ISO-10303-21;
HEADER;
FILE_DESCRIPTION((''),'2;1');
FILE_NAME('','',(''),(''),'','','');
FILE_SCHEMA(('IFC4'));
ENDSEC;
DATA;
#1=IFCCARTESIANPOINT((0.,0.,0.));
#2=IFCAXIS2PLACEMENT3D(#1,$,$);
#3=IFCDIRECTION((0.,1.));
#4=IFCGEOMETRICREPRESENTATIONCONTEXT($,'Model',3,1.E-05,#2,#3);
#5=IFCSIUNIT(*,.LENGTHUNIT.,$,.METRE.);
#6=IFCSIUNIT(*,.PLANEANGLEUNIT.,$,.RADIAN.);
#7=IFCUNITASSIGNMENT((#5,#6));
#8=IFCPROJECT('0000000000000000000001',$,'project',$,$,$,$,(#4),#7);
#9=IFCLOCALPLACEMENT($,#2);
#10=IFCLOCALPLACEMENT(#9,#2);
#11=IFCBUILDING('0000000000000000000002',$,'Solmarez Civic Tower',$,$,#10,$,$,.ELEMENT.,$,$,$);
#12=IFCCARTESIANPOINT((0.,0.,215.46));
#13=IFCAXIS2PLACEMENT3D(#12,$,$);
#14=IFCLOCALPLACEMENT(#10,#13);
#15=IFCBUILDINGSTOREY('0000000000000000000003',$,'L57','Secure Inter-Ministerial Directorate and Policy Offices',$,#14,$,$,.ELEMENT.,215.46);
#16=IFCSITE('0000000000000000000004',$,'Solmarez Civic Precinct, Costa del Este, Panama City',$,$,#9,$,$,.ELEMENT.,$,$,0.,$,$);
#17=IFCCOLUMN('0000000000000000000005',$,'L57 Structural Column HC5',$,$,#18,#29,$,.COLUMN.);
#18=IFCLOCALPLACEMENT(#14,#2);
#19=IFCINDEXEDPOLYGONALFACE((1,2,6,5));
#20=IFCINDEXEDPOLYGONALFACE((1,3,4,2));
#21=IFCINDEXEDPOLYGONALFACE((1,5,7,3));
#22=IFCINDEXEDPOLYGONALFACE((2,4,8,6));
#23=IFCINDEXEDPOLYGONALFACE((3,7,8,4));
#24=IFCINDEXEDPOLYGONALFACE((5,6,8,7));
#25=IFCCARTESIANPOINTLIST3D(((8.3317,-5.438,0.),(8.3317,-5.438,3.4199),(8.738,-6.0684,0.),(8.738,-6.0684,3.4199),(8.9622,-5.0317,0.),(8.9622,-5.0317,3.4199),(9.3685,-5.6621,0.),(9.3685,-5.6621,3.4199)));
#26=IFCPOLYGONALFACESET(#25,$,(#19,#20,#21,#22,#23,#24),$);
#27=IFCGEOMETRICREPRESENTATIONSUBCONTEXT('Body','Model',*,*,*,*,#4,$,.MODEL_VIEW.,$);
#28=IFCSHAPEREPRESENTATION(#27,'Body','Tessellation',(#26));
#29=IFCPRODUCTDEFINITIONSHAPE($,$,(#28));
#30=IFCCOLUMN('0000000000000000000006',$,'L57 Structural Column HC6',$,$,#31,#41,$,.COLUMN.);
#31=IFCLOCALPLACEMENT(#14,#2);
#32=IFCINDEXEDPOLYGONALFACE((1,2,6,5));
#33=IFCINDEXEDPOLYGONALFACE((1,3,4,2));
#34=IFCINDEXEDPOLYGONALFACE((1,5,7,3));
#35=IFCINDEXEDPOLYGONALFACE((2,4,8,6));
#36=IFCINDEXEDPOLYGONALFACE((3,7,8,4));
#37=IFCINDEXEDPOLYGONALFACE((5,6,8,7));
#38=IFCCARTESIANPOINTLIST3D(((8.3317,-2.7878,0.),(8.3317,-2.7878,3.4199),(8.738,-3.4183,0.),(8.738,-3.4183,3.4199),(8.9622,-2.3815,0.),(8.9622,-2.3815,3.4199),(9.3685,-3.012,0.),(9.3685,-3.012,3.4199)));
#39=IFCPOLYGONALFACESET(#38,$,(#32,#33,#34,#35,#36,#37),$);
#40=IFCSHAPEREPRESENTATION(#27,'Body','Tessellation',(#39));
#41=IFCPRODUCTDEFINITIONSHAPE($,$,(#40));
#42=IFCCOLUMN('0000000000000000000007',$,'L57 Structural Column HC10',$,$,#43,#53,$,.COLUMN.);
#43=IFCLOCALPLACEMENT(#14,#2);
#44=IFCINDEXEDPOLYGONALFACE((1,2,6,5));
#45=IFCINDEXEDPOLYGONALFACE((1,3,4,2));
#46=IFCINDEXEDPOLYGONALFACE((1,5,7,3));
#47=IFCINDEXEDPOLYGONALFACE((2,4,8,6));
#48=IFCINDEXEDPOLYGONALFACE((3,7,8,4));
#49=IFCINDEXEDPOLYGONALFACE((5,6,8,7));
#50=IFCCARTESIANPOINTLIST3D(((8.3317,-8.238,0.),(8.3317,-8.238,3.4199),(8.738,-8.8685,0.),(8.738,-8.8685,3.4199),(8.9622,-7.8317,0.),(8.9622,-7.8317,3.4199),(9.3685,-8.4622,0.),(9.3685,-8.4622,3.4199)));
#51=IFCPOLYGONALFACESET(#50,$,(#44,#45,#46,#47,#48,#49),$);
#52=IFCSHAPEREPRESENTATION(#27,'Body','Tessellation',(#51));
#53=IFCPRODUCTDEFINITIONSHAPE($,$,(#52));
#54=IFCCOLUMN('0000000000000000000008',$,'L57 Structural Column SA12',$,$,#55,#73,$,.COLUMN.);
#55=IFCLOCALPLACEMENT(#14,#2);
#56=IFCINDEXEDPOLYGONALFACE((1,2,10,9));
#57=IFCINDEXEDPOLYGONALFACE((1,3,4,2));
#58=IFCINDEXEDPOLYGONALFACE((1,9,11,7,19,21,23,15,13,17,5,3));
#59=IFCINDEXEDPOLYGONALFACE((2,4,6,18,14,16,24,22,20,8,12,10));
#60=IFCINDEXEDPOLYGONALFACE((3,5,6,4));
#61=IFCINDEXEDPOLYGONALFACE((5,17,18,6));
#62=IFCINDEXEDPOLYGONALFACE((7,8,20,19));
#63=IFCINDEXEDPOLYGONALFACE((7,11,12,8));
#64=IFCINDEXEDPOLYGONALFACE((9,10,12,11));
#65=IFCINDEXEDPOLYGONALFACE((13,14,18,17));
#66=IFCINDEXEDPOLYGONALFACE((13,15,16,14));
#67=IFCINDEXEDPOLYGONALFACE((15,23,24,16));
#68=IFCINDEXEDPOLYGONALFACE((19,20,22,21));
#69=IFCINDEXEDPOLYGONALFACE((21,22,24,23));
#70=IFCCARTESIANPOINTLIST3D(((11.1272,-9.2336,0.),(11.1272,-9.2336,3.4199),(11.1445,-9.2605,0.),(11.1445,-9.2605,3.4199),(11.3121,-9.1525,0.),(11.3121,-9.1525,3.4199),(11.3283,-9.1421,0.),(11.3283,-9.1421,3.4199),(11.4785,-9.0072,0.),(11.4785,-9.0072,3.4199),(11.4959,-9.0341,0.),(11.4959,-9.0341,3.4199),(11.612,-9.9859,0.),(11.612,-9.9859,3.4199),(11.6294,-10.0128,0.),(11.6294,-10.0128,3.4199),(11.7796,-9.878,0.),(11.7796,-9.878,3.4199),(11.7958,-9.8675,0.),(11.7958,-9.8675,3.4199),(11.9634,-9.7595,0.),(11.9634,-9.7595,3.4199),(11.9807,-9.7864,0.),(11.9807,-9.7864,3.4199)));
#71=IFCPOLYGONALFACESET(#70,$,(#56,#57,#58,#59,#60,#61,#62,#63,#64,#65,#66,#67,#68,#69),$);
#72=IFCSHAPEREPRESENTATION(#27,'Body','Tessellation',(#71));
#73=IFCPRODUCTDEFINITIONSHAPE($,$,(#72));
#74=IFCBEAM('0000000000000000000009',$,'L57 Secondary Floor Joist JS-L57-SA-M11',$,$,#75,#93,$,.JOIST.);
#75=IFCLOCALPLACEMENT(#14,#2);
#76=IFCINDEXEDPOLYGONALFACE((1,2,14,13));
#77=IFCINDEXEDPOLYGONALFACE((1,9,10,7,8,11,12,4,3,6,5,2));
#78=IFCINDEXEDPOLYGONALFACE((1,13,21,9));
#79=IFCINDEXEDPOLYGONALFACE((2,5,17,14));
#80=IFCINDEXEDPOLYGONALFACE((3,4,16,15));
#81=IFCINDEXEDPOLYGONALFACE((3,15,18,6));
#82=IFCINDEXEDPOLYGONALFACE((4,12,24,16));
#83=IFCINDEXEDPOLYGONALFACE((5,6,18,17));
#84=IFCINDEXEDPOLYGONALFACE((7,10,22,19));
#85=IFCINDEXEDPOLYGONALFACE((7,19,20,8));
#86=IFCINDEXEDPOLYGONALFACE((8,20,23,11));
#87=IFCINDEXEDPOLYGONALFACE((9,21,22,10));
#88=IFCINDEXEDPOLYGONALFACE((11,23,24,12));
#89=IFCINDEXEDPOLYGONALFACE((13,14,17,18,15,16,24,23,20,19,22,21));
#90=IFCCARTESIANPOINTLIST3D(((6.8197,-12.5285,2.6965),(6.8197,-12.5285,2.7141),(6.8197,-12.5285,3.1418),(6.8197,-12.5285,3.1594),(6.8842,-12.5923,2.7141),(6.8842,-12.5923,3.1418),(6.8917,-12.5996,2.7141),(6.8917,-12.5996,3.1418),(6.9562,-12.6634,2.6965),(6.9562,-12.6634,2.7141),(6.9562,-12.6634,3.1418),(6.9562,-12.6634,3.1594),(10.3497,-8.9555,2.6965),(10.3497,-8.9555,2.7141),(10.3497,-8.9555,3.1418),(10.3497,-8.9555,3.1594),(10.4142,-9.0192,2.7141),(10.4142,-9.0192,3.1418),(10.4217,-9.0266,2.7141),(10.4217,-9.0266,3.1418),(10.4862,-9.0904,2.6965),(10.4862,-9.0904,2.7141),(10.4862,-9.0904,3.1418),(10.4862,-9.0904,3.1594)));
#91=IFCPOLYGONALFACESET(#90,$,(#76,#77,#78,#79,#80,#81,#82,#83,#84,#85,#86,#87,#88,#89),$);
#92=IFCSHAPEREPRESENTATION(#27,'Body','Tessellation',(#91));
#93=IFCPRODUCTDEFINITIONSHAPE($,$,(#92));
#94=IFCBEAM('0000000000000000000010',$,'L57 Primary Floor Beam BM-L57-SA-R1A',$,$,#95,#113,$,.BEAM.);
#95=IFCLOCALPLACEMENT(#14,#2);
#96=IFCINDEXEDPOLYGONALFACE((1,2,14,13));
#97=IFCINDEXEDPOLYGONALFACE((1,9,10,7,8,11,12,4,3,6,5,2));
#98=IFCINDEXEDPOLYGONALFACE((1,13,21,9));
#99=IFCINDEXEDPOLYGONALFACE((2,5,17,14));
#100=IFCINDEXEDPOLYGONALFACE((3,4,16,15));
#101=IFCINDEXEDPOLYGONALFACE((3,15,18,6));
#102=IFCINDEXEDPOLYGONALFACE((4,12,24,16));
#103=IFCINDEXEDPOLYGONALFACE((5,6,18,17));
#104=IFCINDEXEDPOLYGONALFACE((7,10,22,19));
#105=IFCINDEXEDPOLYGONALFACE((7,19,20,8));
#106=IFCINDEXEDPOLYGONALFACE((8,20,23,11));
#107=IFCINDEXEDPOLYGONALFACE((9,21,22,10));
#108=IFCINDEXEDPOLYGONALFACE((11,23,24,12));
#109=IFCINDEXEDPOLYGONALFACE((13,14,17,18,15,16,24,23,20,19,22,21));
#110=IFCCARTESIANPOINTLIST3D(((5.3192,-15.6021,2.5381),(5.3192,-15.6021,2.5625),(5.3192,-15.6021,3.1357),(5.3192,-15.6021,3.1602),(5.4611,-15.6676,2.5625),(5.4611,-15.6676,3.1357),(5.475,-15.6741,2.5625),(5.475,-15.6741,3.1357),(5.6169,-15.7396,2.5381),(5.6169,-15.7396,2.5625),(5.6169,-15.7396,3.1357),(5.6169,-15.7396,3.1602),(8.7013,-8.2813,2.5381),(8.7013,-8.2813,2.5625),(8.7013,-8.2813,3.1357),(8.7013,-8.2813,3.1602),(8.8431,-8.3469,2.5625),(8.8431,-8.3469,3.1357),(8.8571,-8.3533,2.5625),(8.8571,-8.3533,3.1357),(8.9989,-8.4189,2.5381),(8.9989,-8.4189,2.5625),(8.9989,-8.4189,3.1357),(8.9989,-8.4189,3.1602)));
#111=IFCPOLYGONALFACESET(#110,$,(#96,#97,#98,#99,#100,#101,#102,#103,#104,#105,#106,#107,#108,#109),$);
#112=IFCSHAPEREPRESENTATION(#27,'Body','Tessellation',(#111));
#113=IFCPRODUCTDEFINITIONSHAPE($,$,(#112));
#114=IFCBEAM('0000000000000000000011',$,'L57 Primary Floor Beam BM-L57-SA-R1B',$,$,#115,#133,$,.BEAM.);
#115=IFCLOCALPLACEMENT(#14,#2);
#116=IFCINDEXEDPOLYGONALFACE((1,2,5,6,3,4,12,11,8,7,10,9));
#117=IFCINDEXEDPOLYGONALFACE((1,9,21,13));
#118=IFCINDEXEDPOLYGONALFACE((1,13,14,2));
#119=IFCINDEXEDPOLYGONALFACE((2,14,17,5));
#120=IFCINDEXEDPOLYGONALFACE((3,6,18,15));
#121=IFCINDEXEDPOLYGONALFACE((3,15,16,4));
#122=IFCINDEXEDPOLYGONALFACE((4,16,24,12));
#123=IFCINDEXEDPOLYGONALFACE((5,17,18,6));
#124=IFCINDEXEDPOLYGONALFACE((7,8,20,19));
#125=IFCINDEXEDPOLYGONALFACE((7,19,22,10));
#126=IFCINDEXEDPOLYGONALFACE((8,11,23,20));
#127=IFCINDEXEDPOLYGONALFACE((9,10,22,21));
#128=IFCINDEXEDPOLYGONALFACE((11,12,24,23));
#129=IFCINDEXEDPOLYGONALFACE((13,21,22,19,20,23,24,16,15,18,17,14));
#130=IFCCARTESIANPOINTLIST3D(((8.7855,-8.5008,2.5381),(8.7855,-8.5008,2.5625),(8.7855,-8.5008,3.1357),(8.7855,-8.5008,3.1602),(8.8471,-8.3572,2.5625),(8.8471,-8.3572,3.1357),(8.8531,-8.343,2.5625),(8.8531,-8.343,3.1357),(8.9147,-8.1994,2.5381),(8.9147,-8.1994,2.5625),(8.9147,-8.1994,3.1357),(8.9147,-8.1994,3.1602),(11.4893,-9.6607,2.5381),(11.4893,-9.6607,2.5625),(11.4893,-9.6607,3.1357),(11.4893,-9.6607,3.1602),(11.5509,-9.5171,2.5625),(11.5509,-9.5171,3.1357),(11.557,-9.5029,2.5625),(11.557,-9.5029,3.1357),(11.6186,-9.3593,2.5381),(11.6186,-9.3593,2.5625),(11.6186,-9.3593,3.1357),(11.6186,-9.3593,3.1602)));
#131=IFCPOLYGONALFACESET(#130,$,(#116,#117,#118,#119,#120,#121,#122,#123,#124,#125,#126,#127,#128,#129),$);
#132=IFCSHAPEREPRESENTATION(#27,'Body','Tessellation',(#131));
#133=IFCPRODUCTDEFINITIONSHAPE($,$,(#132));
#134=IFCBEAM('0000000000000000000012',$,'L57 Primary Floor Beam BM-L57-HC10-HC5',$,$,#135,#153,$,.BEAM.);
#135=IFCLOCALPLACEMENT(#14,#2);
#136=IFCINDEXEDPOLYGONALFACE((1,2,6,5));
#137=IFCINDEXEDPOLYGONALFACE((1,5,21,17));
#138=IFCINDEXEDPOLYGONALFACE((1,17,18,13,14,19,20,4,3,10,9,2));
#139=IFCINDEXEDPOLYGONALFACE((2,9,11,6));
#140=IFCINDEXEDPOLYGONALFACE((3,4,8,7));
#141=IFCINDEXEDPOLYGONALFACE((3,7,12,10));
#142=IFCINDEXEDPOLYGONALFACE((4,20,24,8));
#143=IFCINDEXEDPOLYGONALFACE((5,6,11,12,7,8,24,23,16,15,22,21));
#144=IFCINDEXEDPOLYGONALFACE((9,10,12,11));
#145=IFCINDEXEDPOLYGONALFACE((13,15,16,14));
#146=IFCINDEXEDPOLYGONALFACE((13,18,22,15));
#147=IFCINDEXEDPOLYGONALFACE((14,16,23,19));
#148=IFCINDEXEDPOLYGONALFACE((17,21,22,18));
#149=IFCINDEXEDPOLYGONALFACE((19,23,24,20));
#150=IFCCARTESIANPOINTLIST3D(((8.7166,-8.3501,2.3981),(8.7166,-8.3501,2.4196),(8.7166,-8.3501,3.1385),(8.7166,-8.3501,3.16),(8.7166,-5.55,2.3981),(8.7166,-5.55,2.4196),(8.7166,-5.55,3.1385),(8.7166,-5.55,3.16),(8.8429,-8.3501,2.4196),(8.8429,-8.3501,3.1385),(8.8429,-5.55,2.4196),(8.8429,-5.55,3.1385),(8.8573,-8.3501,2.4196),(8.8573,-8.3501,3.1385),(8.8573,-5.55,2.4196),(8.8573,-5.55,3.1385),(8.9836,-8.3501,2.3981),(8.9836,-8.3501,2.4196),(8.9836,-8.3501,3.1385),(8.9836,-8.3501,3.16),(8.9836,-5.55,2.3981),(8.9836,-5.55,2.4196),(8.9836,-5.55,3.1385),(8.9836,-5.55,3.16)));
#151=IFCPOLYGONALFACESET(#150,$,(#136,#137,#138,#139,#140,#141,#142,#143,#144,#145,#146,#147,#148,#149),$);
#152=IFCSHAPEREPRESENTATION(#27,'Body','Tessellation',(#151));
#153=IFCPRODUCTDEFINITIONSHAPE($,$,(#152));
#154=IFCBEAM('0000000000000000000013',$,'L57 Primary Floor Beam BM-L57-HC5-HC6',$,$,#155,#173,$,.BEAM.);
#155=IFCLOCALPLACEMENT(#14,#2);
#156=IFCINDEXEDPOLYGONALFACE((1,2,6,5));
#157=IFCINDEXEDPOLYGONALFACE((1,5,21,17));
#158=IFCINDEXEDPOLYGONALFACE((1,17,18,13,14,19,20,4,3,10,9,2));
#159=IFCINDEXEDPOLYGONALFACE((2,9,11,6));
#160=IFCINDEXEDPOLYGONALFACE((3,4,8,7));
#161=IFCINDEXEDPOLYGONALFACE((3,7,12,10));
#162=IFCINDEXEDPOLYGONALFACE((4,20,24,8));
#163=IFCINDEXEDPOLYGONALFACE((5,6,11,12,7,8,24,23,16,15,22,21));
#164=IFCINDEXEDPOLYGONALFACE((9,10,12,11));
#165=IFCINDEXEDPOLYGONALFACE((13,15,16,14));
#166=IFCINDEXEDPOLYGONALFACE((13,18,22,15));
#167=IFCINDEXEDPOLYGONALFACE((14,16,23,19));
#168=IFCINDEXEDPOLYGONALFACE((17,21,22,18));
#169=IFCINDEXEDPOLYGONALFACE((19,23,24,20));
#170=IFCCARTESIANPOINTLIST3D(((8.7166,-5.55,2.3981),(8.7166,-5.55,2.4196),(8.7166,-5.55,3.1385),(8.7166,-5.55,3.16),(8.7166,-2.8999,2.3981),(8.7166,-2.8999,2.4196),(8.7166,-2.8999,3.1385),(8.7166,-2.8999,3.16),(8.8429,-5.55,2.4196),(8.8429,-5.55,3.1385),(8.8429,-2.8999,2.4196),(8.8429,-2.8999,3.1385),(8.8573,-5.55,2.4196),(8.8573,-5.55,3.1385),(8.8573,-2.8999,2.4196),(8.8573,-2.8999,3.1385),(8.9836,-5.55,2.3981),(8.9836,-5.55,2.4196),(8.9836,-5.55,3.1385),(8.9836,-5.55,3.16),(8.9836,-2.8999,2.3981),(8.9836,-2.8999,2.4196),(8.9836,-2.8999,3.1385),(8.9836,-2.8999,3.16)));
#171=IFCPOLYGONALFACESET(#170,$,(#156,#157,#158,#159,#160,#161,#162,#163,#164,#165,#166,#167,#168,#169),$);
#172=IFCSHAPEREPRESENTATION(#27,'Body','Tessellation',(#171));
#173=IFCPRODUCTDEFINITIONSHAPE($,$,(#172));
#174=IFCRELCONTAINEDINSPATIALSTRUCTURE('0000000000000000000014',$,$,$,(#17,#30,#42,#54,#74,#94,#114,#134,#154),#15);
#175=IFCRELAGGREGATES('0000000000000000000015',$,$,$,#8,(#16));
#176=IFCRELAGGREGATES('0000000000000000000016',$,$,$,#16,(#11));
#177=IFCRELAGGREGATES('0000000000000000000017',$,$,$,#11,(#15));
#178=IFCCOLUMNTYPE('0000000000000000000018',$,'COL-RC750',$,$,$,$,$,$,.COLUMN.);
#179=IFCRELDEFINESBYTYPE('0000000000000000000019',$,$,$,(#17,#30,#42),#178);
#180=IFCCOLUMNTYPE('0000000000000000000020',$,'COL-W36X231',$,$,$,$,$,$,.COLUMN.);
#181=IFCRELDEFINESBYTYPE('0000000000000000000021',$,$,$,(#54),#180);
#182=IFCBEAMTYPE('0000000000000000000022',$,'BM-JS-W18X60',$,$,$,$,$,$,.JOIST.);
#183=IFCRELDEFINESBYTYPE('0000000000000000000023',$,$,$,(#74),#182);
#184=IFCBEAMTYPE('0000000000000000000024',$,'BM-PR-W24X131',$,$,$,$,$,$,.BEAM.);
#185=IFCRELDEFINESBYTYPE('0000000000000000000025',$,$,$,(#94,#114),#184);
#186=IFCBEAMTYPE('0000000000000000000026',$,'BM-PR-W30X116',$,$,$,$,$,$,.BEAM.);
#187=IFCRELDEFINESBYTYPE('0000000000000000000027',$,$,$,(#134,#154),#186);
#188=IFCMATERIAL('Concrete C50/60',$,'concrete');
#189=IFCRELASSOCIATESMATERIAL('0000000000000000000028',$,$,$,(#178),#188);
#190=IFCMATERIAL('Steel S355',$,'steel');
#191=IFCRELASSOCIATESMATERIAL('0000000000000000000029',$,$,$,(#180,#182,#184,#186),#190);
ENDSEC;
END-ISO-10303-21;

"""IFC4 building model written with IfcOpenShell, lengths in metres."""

from ifc_helpers import new_model, si_unit, direction, frame, origin, origin_2d, place, context, subcontext, project, spatial, rectangle, i_section, extrude, material, material_profile, profile_set, type_object, element, save


model = new_model("IFC4")

# Units and contexts
model_context = context("Model", 3, precision=1e-05, world=origin(), true_north=direction((0.0, 1.0)))
body_context = subcontext(model_context, "Body", "Model", "MODEL_VIEW")
ifc_project = project(units=[si_unit("LENGTHUNIT", "METRE"), si_unit("PLANEANGLEUNIT", "RADIAN")], contexts=[model_context])

# Site, building, storey
site_placement = place(None, origin())
site = spatial("IfcSite", under=ifc_project, at=site_placement, Name="Solmarez Civic Precinct, Costa del Este, Panama City", CompositionType="ELEMENT", RefElevation=0.0)
building_placement = place(site_placement, origin())
building = spatial("IfcBuilding", under=site, at=building_placement, Name="Solmarez Civic Tower", CompositionType="ELEMENT")
storey_placement = place(building_placement, frame((0.0, 0.0, 215.46)))
storey = spatial("IfcBuildingStorey", under=building, at=storey_placement, Name="L57", Description="Secure Inter-Ministerial Directorate and Policy Offices", CompositionType="ELEMENT", Elevation=215.46)

# Columns
ifc_material_1 = material(Name="Concrete C50/60", Category="concrete")
ifc_material_profile_1 = material_profile(ifc_material_1, rectangle(XDim=0.75, YDim=0.75, at=origin_2d()), Name="RC750X750")
ifc_profile_set_1 = profile_set([ifc_material_profile_1], Name="Concrete C50/60")
column_type_1 = type_object("IfcColumnType", Name="COL-RC750", PredefinedType="COLUMN", material=ifc_profile_set_1)
for number, where, z_axis, x_axis, name in (
    (1, (8.8501, -5.55, 0.0), (0.0, 0.0, 1.0), (0.840567, 0.541708, 0.0), "L57 Structural Column HC5"),
    (2, (8.8501, -2.8999, 0.0), (0.0, 0.0, 1.0), (0.840567, 0.541708, 0.0), "L57 Structural Column HC6"),
    (3, (8.8501, -8.3501, 0.0), (0.0, 0.0, 1.0), (0.840567, 0.541708, 0.0), "L57 Structural Column HC10"),
):
    element("IfcColumn", number, at=place(storey_placement, frame(where, z_axis=z_axis, x_axis=x_axis)), inside=storey, type_object=column_type_1, Name=name, PredefinedType="COLUMN", context=body_context, shape_type="SweptSolid", body=[
        extrude(rectangle(XDim=0.75, YDim=0.75, at=origin_2d()), origin(), (0.0, 0.0, 1.0), 3.4199),
    ])
ifc_material_2 = material(Name="Steel S355", Category="steel")
ifc_material_profile_2 = material_profile(ifc_material_2, i_section(OverallWidth=0.418, OverallDepth=0.927, WebThickness=0.0193, FlangeThickness=0.032, at=origin_2d()), Name="W36X231")
ifc_profile_set_2 = profile_set([ifc_material_profile_2], Name="Steel S355")
column_type_2 = type_object("IfcColumnType", Name="COL-W36X231", PredefinedType="COLUMN", material=ifc_profile_set_2)
column_placement = place(storey_placement, frame((11.554, -9.51, 0.0), z_axis=(0.0, 0.0, 1.0), x_axis=(0.840567, 0.541708, 0.0)))
element("IfcColumn", 4, at=column_placement, inside=storey, type_object=column_type_2, Name="L57 Structural Column SA12", PredefinedType="COLUMN", context=body_context, shape_type="SweptSolid", body=[
    extrude(i_section(OverallWidth=0.418, OverallDepth=0.927, WebThickness=0.0193, FlangeThickness=0.032, at=origin_2d()), origin(), (0.0, 0.0, 1.0), 3.4199),
])

# Beams
ifc_material_profile_3 = material_profile(ifc_material_2, i_section(OverallWidth=0.1919, OverallDepth=0.4629, WebThickness=0.0105, FlangeThickness=0.0176, at=origin_2d()), Name="W18X60")
ifc_profile_set_3 = profile_set([ifc_material_profile_3], Name="Steel S355")
beam_type_1 = type_object("IfcBeamType", Name="BM-JS-W18X60", PredefinedType="JOIST", material=ifc_profile_set_3)
beam_1_placement = place(storey_placement, frame((6.8879, -12.5959, 2.928), z_axis=(0.702816, 0.711371, 0.0), x_axis=(-0.711371, 0.702816, 0.0)))
element("IfcBeam", 5, at=beam_1_placement, inside=storey, type_object=beam_type_1, Name="L57 Secondary Floor Joist JS-L57-SA-M11", PredefinedType="JOIST", context=body_context, shape_type="SweptSolid", body=[
    extrude(i_section(OverallWidth=0.1919, OverallDepth=0.4629, WebThickness=0.0105, FlangeThickness=0.0176, at=origin_2d()), origin(), (0.0, 0.0, 1.0), 5.0227),
])
ifc_material_profile_4 = material_profile(ifc_material_2, i_section(OverallWidth=0.3279, OverallDepth=0.6221, WebThickness=0.0154, FlangeThickness=0.0244, at=origin_2d()), Name="W24X131")
ifc_profile_set_4 = profile_set([ifc_material_profile_4], Name="Steel S355")
beam_type_2 = type_object("IfcBeamType", Name="BM-PR-W24X131", PredefinedType="BEAM", material=ifc_profile_set_4)
beam_2_placement = place(storey_placement, frame((8.8501, -8.3501, 2.8491), z_axis=(-0.41939, -0.907806, 0.0), x_axis=(0.907806, -0.41939, 0.0)))
element("IfcBeam", 6, at=beam_2_placement, inside=storey, type_object=beam_type_2, Name="L57 Primary Floor Beam BM-L57-SA-R1A", PredefinedType="BEAM", context=body_context, shape_type="SweptSolid", body=[
    extrude(i_section(OverallWidth=0.3279, OverallDepth=0.6221, WebThickness=0.0154, FlangeThickness=0.0244, at=origin_2d()), origin(), (0.0, 0.0, 1.0), 8.0642),
])
beam_3_placement = place(storey_placement, frame((8.8501, -8.3501, 2.8491), z_axis=(0.919008, -0.39424, 0.0), x_axis=(0.39424, 0.919008, 0.0)))
element("IfcBeam", 7, at=beam_3_placement, inside=storey, type_object=beam_type_2, Name="L57 Primary Floor Beam BM-L57-SA-R1B", PredefinedType="BEAM", context=body_context, shape_type="SweptSolid", body=[
    extrude(i_section(OverallWidth=0.3279, OverallDepth=0.6221, WebThickness=0.0154, FlangeThickness=0.0244, at=origin_2d()), origin(), (0.0, 0.0, 1.0), 2.9421),
])
ifc_material_profile_5 = material_profile(ifc_material_2, i_section(OverallWidth=0.2671, OverallDepth=0.762, WebThickness=0.0144, FlangeThickness=0.0215, at=origin_2d()), Name="W30X116")
ifc_profile_set_5 = profile_set([ifc_material_profile_5], Name="Steel S355")
beam_type_3 = type_object("IfcBeamType", Name="BM-PR-W30X116", PredefinedType="BEAM", material=ifc_profile_set_5)
beam_4_placement = place(storey_placement, frame((8.8501, -8.3501, 2.7791), z_axis=(0.0, 1.0, 0.0), x_axis=(-1.0, 0.0, 0.0)))
element("IfcBeam", 8, at=beam_4_placement, inside=storey, type_object=beam_type_3, Name="L57 Primary Floor Beam BM-L57-HC10-HC5", PredefinedType="BEAM", context=body_context, shape_type="SweptSolid", body=[
    extrude(i_section(OverallWidth=0.2671, OverallDepth=0.762, WebThickness=0.0144, FlangeThickness=0.0215, at=origin_2d()), origin(), (0.0, 0.0, 1.0), 2.8),
])
beam_5_placement = place(storey_placement, frame((8.8501, -5.55, 2.7791), z_axis=(0.0, 1.0, 0.0), x_axis=(-1.0, 0.0, 0.0)))
element("IfcBeam", 9, at=beam_5_placement, inside=storey, type_object=beam_type_3, Name="L57 Primary Floor Beam BM-L57-HC5-HC6", PredefinedType="BEAM", context=body_context, shape_type="SweptSolid", body=[
    extrude(i_section(OverallWidth=0.2671, OverallDepth=0.762, WebThickness=0.0144, FlangeThickness=0.0215, at=origin_2d()), origin(), (0.0, 0.0, 1.0), 2.6501),
])

save(model, "model.ifc")
